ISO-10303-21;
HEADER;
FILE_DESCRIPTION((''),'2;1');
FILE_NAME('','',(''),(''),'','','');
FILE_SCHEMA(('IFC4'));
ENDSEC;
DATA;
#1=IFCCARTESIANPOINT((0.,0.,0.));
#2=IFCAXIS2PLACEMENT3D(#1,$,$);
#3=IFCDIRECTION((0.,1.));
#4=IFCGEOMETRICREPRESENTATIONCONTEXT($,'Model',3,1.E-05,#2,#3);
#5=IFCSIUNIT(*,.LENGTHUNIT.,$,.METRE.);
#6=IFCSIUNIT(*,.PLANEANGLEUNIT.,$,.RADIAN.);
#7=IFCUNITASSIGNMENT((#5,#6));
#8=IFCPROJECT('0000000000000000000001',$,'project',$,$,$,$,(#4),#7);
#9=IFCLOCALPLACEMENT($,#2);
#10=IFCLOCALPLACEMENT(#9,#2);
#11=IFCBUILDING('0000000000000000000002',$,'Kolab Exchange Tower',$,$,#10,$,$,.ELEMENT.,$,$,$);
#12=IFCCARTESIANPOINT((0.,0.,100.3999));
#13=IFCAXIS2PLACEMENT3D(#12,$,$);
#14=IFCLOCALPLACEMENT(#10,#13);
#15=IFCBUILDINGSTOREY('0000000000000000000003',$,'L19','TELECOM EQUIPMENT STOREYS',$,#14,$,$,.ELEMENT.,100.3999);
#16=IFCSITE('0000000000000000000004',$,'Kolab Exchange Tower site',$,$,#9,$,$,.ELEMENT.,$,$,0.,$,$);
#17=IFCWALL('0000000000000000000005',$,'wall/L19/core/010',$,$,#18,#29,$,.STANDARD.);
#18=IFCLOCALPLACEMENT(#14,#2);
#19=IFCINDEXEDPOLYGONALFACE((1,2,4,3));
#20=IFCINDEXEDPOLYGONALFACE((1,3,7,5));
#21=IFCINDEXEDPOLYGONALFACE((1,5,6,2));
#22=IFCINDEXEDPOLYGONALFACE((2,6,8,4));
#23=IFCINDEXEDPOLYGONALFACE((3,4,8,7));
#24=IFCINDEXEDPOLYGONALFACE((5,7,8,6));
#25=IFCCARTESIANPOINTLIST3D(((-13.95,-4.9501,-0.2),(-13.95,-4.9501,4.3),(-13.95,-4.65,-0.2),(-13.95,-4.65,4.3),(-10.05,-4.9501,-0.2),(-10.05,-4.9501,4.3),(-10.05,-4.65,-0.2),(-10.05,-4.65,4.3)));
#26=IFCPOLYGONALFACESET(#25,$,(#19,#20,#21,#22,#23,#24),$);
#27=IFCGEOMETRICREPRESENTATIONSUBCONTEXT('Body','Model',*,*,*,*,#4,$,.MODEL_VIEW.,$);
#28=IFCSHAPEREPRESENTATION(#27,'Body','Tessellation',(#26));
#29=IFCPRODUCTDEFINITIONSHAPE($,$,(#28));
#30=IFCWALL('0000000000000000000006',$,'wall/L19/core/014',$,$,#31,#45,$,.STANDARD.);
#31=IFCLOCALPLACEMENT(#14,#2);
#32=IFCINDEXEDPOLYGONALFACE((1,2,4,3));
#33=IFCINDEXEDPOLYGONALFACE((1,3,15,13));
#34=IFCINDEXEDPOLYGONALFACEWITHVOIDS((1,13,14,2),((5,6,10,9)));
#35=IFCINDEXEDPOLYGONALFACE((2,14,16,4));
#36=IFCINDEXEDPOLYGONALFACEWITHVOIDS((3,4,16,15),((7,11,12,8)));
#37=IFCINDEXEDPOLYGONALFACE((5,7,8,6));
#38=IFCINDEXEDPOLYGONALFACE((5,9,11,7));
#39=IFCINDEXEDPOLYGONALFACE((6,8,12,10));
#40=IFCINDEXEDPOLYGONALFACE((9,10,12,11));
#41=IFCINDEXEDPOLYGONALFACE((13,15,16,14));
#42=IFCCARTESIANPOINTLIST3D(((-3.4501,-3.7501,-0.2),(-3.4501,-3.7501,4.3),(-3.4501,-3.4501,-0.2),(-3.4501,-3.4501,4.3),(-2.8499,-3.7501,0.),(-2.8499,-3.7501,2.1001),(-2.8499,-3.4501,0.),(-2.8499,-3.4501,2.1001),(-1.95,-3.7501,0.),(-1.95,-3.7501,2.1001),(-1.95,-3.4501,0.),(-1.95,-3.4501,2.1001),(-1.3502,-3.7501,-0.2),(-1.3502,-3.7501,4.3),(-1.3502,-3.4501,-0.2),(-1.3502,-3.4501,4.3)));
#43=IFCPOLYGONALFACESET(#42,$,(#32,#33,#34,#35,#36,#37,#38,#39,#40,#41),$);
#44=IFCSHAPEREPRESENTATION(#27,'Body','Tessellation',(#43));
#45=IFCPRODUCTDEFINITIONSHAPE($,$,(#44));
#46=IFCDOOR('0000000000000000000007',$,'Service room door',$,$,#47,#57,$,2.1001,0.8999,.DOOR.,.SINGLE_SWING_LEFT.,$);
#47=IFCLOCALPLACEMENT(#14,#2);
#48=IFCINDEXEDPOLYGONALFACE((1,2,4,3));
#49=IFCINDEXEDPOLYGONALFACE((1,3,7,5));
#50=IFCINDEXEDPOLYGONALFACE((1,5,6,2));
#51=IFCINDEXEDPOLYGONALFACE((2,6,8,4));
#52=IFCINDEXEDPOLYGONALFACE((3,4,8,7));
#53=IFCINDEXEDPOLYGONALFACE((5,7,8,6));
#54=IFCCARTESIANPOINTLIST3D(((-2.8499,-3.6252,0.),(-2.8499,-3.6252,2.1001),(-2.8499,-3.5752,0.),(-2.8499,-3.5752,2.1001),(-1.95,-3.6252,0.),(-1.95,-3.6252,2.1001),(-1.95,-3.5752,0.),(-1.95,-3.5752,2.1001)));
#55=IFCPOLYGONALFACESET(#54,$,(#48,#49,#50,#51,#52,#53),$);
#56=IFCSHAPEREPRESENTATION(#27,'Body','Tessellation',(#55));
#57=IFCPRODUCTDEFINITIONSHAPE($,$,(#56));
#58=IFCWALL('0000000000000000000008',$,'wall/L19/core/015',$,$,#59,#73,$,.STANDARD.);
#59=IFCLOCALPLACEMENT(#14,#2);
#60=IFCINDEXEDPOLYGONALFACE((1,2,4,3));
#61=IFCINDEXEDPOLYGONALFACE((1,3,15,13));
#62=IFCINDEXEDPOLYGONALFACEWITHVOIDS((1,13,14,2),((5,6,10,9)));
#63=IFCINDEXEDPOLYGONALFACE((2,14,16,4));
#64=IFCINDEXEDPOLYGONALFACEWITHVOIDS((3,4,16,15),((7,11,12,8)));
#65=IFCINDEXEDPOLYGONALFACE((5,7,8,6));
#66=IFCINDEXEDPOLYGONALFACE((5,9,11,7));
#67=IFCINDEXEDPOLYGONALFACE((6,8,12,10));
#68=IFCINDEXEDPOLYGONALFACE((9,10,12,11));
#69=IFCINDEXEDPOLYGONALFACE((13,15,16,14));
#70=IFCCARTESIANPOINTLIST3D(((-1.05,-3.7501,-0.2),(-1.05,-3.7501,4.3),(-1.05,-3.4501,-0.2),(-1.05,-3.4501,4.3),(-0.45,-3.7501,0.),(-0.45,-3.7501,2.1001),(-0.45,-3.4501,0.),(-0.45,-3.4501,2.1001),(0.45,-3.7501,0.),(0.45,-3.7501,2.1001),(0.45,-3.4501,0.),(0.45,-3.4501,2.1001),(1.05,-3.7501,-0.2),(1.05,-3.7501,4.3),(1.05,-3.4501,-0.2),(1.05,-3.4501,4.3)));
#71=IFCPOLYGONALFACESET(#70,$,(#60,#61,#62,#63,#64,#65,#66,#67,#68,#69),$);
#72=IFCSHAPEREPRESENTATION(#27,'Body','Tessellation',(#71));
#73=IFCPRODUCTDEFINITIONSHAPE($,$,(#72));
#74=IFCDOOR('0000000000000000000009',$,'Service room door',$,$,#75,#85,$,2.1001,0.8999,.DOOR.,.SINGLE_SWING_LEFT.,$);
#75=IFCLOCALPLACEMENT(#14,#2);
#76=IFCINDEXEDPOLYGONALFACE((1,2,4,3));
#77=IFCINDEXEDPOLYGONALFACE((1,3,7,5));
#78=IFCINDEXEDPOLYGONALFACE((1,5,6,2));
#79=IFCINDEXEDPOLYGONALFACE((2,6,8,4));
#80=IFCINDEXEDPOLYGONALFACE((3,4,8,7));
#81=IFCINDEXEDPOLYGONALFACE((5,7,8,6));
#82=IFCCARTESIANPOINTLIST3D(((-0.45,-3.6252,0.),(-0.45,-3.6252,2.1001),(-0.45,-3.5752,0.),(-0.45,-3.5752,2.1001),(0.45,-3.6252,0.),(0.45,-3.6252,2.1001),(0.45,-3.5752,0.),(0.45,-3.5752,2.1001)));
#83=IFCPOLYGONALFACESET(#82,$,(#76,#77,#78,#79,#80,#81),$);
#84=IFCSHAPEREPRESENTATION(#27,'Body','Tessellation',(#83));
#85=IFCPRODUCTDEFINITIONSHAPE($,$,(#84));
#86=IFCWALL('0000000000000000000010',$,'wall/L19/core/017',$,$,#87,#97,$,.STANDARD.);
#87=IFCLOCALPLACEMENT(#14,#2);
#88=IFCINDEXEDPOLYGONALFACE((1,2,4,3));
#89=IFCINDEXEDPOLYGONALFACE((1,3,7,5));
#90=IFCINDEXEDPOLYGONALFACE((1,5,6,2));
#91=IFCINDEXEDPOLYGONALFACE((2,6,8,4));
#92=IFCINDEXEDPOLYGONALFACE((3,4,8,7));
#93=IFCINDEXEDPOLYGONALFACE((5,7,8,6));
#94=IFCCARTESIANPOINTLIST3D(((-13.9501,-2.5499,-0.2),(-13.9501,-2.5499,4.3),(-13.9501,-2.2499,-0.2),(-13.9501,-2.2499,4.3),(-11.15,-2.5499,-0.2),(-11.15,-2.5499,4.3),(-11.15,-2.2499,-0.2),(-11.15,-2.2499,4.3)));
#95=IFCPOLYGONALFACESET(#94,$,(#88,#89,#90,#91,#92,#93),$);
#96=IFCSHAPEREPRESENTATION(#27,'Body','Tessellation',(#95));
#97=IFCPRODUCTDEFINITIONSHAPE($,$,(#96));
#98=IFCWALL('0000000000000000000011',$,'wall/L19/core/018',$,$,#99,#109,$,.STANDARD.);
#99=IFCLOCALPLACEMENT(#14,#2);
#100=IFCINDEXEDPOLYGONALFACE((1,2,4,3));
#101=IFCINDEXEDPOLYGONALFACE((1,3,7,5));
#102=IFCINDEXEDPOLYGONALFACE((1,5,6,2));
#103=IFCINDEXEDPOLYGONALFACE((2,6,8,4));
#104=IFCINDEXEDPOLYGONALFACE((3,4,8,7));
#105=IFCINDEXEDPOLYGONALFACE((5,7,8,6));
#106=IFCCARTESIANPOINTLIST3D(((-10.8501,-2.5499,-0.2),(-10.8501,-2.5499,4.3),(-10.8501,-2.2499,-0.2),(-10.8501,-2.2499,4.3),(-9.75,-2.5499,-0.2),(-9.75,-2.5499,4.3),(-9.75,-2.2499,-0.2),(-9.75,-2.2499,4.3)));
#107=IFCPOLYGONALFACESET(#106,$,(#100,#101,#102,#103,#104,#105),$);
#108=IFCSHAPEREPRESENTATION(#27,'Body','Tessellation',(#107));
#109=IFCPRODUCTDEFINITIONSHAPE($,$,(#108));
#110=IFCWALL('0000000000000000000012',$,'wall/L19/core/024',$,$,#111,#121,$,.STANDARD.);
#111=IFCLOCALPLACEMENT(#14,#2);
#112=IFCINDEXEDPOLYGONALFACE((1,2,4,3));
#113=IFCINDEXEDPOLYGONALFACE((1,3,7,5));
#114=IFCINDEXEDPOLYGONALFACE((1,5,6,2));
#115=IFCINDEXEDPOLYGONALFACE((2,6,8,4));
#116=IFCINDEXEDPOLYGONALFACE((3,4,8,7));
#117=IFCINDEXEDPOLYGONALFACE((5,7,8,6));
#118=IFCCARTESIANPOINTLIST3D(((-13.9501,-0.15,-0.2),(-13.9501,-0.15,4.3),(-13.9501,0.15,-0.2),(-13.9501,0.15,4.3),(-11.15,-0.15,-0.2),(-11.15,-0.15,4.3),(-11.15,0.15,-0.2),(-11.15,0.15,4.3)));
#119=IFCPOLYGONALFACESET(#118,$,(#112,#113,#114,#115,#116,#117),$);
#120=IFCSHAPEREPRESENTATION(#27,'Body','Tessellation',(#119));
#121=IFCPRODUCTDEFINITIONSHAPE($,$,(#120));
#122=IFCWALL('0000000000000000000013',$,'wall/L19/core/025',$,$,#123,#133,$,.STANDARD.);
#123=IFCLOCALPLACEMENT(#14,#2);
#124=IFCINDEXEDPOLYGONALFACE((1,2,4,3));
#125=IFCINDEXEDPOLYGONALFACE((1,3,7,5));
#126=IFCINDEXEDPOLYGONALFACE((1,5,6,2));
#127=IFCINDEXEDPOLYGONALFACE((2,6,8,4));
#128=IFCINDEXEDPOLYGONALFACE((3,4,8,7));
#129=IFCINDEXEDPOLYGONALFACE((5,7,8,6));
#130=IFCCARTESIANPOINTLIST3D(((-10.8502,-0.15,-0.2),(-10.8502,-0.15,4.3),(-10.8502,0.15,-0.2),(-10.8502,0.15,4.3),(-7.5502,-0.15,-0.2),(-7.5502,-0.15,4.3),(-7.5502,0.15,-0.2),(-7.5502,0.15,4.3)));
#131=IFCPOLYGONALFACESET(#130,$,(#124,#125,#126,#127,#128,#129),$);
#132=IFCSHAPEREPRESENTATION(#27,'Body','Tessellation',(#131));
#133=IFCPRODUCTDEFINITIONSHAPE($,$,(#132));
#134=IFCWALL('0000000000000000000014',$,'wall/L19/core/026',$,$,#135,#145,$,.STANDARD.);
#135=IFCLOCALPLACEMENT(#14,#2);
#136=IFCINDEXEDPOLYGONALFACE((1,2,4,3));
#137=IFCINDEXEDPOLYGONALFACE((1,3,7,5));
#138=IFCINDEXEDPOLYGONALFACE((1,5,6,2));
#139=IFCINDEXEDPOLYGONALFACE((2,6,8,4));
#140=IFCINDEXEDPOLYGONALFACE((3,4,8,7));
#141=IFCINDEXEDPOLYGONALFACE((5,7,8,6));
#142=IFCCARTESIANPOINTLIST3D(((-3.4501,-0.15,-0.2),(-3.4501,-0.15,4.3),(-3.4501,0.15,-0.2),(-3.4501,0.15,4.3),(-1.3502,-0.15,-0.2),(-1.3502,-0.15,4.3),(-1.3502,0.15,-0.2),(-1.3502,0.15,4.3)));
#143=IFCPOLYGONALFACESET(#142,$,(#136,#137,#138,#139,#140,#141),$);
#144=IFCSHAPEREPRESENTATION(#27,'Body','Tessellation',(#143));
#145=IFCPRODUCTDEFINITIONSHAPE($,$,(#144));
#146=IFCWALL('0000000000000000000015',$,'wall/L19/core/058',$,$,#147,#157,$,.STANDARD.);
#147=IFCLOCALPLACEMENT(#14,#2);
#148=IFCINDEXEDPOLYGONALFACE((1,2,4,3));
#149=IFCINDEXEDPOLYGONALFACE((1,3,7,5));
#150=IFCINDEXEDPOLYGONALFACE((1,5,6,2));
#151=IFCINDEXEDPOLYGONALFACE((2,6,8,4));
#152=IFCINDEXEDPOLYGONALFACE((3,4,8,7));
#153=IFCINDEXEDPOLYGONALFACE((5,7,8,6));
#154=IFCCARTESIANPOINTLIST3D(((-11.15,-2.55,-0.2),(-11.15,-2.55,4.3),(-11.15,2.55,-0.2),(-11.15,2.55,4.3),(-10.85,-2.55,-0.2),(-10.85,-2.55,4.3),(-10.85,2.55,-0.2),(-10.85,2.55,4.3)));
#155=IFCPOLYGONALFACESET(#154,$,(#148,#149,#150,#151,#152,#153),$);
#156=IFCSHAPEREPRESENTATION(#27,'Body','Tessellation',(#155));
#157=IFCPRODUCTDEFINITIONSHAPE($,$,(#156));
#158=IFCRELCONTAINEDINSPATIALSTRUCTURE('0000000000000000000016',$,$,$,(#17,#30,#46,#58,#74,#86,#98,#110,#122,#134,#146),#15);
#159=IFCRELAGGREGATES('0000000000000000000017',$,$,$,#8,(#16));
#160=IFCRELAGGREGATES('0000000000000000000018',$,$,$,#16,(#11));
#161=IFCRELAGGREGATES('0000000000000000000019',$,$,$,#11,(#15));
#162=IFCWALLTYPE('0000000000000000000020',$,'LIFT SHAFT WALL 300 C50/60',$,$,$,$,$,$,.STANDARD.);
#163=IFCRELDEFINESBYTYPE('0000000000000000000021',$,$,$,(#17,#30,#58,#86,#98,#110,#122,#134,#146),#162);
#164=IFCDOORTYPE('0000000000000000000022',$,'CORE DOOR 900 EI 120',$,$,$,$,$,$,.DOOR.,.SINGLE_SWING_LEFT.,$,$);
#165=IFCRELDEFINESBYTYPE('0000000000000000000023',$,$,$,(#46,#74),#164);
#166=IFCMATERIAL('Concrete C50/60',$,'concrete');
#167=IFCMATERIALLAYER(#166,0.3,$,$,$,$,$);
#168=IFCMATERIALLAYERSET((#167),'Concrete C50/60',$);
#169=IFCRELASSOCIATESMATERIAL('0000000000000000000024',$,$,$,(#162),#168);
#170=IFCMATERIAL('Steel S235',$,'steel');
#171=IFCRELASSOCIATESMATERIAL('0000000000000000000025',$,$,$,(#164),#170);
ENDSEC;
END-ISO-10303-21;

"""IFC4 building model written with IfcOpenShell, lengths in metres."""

from ifc_helpers import new_model, si_unit, direction, frame, frame_2d, origin, place, context, subcontext, project, spatial, rectangle, extrude, material, layer, layer_set, type_object, element, fill, save


model = new_model("IFC4")

# Units and contexts
model_context = context("Model", 3, precision=1e-05, world=origin(), true_north=direction((0.0, 1.0)))
body_context = subcontext(model_context, "Body", "Model", "MODEL_VIEW")
ifc_project = project(units=[si_unit("LENGTHUNIT", "METRE"), si_unit("PLANEANGLEUNIT", "RADIAN")], contexts=[model_context])

# Site, building, storey
site_placement = place(None, origin())
site = spatial("IfcSite", under=ifc_project, at=site_placement, Name="Kolab Exchange Tower site", CompositionType="ELEMENT", RefElevation=0.0)
building_placement = place(site_placement, origin())
building = spatial("IfcBuilding", under=site, at=building_placement, Name="Kolab Exchange Tower", CompositionType="ELEMENT")
storey_placement = place(building_placement, frame((0.0, 0.0, 100.3999)))
storey = spatial("IfcBuildingStorey", under=building, at=storey_placement, Name="L19", Description="TELECOM EQUIPMENT STOREYS", CompositionType="ELEMENT", Elevation=100.3999)

# Wall
ifc_material_1 = material(Name="Concrete C50/60", Category="concrete")
ifc_layer_1 = layer(ifc_material_1, 0.3)
ifc_layer_set_1 = layer_set([ifc_layer_1], Name="Concrete C50/60")
wall_type_1 = type_object("IfcWallType", Name="LIFT SHAFT WALL 300 C50/60", PredefinedType="STANDARD", material=ifc_layer_set_1)
wall_1_placement = place(storey_placement, frame((-13.95, -4.8, -0.2), z_axis=(0.0, 0.0, 1.0), x_axis=(1.0, 0.0, 0.0)))
element("IfcWall", 1, at=wall_1_placement, inside=storey, type_object=wall_type_1, Name="wall/L19/core/010", PredefinedType="STANDARD", context=body_context, shape_type="SweptSolid", body=[
    extrude(rectangle(XDim=3.8999, YDim=0.3, at=frame_2d((1.95, 0.0))), origin(), (0.0, 0.0, 1.0), 4.5),
])

# Walls, openings, doors
wall_2_placement = place(storey_placement, frame((-3.45, -3.6001, -0.2), z_axis=(0.0, 0.0, 1.0), x_axis=(1.0, 0.0, 0.0)))
wall_2 = element("IfcWall", 2, at=wall_2_placement, inside=storey, type_object=wall_type_1, Name="wall/L19/core/014", PredefinedType="STANDARD", context=body_context, shape_type="SweptSolid", body=[
    extrude(rectangle(XDim=2.0999, YDim=0.3, at=frame_2d((1.0498, 0.0))), origin(), (0.0, 0.0, 1.0), 4.5),
])
opening_1_placement = place(wall_2_placement, frame((0.6001, 0.0, 0.2)))
opening_1 = element("IfcOpeningElement", 3, at=opening_1_placement, cuts=wall_2, PredefinedType="OPENING", context=body_context, shape_type="SweptSolid", body=[
    extrude(rectangle(XDim=0.8999, YDim=2.1001, at=frame_2d((0.45, 1.05))), frame((0.0, 0.1602, 0.0), z_axis=(0.0, -1.0, 0.0), x_axis=(1.0, 0.0, 0.0)), (0.0, 0.0, 1.0), 0.3201),
])
ifc_material_2 = material(Name="Steel S235", Category="steel")
door_type_1 = type_object("IfcDoorType", Name="CORE DOOR 900 EI 120", OperationType="SINGLE_SWING_LEFT", PredefinedType="DOOR", material=ifc_material_2)
door_1_placement = place(opening_1_placement, origin())
door_1 = element("IfcDoor", 4, at=door_1_placement, inside=storey, type_object=door_type_1, Name="Service room door", OperationType="SINGLE_SWING_LEFT", OverallHeight=2.1001, OverallWidth=0.8999, PredefinedType="DOOR", context=body_context, shape_type="SweptSolid", body=[
    extrude(rectangle(XDim=0.8999, YDim=2.1001, at=frame_2d((0.45, 1.05))), frame((0.0, 0.0249, 0.0), z_axis=(0.0, -1.0, 0.0), x_axis=(1.0, 0.0, 0.0)), (0.0, 0.0, 1.0), 0.05),
])
fill(opening_1, door_1)
wall_3_placement = place(storey_placement, frame((-1.05, -3.6001, -0.2), z_axis=(0.0, 0.0, 1.0), x_axis=(1.0, 0.0, 0.0)))
wall_3 = element("IfcWall", 5, at=wall_3_placement, inside=storey, type_object=wall_type_1, Name="wall/L19/core/015", PredefinedType="STANDARD", context=body_context, shape_type="SweptSolid", body=[
    extrude(rectangle(XDim=2.1001, YDim=0.3, at=frame_2d((1.05, 0.0))), origin(), (0.0, 0.0, 1.0), 4.5),
])
opening_2_placement = place(wall_3_placement, frame((0.6001, 0.0, 0.2)))
opening_2 = element("IfcOpeningElement", 6, at=opening_2_placement, cuts=wall_3, PredefinedType="OPENING", context=body_context, shape_type="SweptSolid", body=[
    extrude(rectangle(XDim=0.8999, YDim=2.1001, at=frame_2d((0.45, 1.05))), frame((0.0, 0.1602, 0.0), z_axis=(0.0, -1.0, 0.0), x_axis=(1.0, 0.0, 0.0)), (0.0, 0.0, 1.0), 0.3201),
])
door_2_placement = place(opening_2_placement, origin())
door_2 = element("IfcDoor", 7, at=door_2_placement, inside=storey, type_object=door_type_1, Name="Service room door", OperationType="SINGLE_SWING_LEFT", OverallHeight=2.1001, OverallWidth=0.8999, PredefinedType="DOOR", context=body_context, shape_type="SweptSolid", body=[
    extrude(rectangle(XDim=0.8999, YDim=2.1001, at=frame_2d((0.45, 1.05))), frame((0.0, 0.0249, 0.0), z_axis=(0.0, -1.0, 0.0), x_axis=(1.0, 0.0, 0.0)), (0.0, 0.0, 1.0), 0.05),
])
fill(opening_2, door_2)

# Walls
wall_4_placement = place(storey_placement, frame((-13.95, -2.3999, -0.2), z_axis=(0.0, 0.0, 1.0), x_axis=(1.0, 0.0, 0.0)))
element("IfcWall", 8, at=wall_4_placement, inside=storey, type_object=wall_type_1, Name="wall/L19/core/017", PredefinedType="STANDARD", context=body_context, shape_type="SweptSolid", body=[
    extrude(rectangle(XDim=2.8, YDim=0.3, at=frame_2d((1.3999, 0.0))), origin(), (0.0, 0.0, 1.0), 4.5),
])
wall_5_placement = place(storey_placement, frame((-10.8501, -2.3999, -0.2), z_axis=(0.0, 0.0, 1.0), x_axis=(1.0, 0.0, 0.0)))
element("IfcWall", 9, at=wall_5_placement, inside=storey, type_object=wall_type_1, Name="wall/L19/core/018", PredefinedType="STANDARD", context=body_context, shape_type="SweptSolid", body=[
    extrude(rectangle(XDim=1.1001, YDim=0.3, at=frame_2d((0.55, 0.0))), origin(), (0.0, 0.0, 1.0), 4.5),
])
wall_6_placement = place(storey_placement, frame((-13.95, 0.0, -0.2), z_axis=(0.0, 0.0, 1.0), x_axis=(1.0, 0.0, 0.0)))
element("IfcWall", 10, at=wall_6_placement, inside=storey, type_object=wall_type_1, Name="wall/L19/core/024", PredefinedType="STANDARD", context=body_context, shape_type="SweptSolid", body=[
    extrude(rectangle(XDim=2.8, YDim=0.3, at=frame_2d((1.3999, 0.0))), origin(), (0.0, 0.0, 1.0), 4.5),
])
wall_7_placement = place(storey_placement, frame((-10.8501, 0.0, -0.2), z_axis=(0.0, 0.0, 1.0), x_axis=(1.0, 0.0, 0.0)))
element("IfcWall", 11, at=wall_7_placement, inside=storey, type_object=wall_type_1, Name="wall/L19/core/025", PredefinedType="STANDARD", context=body_context, shape_type="SweptSolid", body=[
    extrude(rectangle(XDim=3.3, YDim=0.3, at=frame_2d((1.6499, 0.0))), origin(), (0.0, 0.0, 1.0), 4.5),
])
wall_8_placement = place(storey_placement, frame((-3.45, 0.0, -0.2), z_axis=(0.0, 0.0, 1.0), x_axis=(1.0, 0.0, 0.0)))
element("IfcWall", 12, at=wall_8_placement, inside=storey, type_object=wall_type_1, Name="wall/L19/core/026", PredefinedType="STANDARD", context=body_context, shape_type="SweptSolid", body=[
    extrude(rectangle(XDim=2.0999, YDim=0.3, at=frame_2d((1.0498, 0.0))), origin(), (0.0, 0.0, 1.0), 4.5),
])
wall_9_placement = place(storey_placement, frame((-11.0, -2.55, -0.2), z_axis=(0.0, 0.0, 1.0), x_axis=(0.0, 1.0, 0.0)))
element("IfcWall", 13, at=wall_9_placement, inside=storey, type_object=wall_type_1, Name="wall/L19/core/058", PredefinedType="STANDARD", context=body_context, shape_type="SweptSolid", body=[
    extrude(rectangle(XDim=5.1001, YDim=0.3, at=frame_2d((2.55, 0.0))), origin(), (0.0, 0.0, 1.0), 4.5),
])

save(model, "model.ifc")
